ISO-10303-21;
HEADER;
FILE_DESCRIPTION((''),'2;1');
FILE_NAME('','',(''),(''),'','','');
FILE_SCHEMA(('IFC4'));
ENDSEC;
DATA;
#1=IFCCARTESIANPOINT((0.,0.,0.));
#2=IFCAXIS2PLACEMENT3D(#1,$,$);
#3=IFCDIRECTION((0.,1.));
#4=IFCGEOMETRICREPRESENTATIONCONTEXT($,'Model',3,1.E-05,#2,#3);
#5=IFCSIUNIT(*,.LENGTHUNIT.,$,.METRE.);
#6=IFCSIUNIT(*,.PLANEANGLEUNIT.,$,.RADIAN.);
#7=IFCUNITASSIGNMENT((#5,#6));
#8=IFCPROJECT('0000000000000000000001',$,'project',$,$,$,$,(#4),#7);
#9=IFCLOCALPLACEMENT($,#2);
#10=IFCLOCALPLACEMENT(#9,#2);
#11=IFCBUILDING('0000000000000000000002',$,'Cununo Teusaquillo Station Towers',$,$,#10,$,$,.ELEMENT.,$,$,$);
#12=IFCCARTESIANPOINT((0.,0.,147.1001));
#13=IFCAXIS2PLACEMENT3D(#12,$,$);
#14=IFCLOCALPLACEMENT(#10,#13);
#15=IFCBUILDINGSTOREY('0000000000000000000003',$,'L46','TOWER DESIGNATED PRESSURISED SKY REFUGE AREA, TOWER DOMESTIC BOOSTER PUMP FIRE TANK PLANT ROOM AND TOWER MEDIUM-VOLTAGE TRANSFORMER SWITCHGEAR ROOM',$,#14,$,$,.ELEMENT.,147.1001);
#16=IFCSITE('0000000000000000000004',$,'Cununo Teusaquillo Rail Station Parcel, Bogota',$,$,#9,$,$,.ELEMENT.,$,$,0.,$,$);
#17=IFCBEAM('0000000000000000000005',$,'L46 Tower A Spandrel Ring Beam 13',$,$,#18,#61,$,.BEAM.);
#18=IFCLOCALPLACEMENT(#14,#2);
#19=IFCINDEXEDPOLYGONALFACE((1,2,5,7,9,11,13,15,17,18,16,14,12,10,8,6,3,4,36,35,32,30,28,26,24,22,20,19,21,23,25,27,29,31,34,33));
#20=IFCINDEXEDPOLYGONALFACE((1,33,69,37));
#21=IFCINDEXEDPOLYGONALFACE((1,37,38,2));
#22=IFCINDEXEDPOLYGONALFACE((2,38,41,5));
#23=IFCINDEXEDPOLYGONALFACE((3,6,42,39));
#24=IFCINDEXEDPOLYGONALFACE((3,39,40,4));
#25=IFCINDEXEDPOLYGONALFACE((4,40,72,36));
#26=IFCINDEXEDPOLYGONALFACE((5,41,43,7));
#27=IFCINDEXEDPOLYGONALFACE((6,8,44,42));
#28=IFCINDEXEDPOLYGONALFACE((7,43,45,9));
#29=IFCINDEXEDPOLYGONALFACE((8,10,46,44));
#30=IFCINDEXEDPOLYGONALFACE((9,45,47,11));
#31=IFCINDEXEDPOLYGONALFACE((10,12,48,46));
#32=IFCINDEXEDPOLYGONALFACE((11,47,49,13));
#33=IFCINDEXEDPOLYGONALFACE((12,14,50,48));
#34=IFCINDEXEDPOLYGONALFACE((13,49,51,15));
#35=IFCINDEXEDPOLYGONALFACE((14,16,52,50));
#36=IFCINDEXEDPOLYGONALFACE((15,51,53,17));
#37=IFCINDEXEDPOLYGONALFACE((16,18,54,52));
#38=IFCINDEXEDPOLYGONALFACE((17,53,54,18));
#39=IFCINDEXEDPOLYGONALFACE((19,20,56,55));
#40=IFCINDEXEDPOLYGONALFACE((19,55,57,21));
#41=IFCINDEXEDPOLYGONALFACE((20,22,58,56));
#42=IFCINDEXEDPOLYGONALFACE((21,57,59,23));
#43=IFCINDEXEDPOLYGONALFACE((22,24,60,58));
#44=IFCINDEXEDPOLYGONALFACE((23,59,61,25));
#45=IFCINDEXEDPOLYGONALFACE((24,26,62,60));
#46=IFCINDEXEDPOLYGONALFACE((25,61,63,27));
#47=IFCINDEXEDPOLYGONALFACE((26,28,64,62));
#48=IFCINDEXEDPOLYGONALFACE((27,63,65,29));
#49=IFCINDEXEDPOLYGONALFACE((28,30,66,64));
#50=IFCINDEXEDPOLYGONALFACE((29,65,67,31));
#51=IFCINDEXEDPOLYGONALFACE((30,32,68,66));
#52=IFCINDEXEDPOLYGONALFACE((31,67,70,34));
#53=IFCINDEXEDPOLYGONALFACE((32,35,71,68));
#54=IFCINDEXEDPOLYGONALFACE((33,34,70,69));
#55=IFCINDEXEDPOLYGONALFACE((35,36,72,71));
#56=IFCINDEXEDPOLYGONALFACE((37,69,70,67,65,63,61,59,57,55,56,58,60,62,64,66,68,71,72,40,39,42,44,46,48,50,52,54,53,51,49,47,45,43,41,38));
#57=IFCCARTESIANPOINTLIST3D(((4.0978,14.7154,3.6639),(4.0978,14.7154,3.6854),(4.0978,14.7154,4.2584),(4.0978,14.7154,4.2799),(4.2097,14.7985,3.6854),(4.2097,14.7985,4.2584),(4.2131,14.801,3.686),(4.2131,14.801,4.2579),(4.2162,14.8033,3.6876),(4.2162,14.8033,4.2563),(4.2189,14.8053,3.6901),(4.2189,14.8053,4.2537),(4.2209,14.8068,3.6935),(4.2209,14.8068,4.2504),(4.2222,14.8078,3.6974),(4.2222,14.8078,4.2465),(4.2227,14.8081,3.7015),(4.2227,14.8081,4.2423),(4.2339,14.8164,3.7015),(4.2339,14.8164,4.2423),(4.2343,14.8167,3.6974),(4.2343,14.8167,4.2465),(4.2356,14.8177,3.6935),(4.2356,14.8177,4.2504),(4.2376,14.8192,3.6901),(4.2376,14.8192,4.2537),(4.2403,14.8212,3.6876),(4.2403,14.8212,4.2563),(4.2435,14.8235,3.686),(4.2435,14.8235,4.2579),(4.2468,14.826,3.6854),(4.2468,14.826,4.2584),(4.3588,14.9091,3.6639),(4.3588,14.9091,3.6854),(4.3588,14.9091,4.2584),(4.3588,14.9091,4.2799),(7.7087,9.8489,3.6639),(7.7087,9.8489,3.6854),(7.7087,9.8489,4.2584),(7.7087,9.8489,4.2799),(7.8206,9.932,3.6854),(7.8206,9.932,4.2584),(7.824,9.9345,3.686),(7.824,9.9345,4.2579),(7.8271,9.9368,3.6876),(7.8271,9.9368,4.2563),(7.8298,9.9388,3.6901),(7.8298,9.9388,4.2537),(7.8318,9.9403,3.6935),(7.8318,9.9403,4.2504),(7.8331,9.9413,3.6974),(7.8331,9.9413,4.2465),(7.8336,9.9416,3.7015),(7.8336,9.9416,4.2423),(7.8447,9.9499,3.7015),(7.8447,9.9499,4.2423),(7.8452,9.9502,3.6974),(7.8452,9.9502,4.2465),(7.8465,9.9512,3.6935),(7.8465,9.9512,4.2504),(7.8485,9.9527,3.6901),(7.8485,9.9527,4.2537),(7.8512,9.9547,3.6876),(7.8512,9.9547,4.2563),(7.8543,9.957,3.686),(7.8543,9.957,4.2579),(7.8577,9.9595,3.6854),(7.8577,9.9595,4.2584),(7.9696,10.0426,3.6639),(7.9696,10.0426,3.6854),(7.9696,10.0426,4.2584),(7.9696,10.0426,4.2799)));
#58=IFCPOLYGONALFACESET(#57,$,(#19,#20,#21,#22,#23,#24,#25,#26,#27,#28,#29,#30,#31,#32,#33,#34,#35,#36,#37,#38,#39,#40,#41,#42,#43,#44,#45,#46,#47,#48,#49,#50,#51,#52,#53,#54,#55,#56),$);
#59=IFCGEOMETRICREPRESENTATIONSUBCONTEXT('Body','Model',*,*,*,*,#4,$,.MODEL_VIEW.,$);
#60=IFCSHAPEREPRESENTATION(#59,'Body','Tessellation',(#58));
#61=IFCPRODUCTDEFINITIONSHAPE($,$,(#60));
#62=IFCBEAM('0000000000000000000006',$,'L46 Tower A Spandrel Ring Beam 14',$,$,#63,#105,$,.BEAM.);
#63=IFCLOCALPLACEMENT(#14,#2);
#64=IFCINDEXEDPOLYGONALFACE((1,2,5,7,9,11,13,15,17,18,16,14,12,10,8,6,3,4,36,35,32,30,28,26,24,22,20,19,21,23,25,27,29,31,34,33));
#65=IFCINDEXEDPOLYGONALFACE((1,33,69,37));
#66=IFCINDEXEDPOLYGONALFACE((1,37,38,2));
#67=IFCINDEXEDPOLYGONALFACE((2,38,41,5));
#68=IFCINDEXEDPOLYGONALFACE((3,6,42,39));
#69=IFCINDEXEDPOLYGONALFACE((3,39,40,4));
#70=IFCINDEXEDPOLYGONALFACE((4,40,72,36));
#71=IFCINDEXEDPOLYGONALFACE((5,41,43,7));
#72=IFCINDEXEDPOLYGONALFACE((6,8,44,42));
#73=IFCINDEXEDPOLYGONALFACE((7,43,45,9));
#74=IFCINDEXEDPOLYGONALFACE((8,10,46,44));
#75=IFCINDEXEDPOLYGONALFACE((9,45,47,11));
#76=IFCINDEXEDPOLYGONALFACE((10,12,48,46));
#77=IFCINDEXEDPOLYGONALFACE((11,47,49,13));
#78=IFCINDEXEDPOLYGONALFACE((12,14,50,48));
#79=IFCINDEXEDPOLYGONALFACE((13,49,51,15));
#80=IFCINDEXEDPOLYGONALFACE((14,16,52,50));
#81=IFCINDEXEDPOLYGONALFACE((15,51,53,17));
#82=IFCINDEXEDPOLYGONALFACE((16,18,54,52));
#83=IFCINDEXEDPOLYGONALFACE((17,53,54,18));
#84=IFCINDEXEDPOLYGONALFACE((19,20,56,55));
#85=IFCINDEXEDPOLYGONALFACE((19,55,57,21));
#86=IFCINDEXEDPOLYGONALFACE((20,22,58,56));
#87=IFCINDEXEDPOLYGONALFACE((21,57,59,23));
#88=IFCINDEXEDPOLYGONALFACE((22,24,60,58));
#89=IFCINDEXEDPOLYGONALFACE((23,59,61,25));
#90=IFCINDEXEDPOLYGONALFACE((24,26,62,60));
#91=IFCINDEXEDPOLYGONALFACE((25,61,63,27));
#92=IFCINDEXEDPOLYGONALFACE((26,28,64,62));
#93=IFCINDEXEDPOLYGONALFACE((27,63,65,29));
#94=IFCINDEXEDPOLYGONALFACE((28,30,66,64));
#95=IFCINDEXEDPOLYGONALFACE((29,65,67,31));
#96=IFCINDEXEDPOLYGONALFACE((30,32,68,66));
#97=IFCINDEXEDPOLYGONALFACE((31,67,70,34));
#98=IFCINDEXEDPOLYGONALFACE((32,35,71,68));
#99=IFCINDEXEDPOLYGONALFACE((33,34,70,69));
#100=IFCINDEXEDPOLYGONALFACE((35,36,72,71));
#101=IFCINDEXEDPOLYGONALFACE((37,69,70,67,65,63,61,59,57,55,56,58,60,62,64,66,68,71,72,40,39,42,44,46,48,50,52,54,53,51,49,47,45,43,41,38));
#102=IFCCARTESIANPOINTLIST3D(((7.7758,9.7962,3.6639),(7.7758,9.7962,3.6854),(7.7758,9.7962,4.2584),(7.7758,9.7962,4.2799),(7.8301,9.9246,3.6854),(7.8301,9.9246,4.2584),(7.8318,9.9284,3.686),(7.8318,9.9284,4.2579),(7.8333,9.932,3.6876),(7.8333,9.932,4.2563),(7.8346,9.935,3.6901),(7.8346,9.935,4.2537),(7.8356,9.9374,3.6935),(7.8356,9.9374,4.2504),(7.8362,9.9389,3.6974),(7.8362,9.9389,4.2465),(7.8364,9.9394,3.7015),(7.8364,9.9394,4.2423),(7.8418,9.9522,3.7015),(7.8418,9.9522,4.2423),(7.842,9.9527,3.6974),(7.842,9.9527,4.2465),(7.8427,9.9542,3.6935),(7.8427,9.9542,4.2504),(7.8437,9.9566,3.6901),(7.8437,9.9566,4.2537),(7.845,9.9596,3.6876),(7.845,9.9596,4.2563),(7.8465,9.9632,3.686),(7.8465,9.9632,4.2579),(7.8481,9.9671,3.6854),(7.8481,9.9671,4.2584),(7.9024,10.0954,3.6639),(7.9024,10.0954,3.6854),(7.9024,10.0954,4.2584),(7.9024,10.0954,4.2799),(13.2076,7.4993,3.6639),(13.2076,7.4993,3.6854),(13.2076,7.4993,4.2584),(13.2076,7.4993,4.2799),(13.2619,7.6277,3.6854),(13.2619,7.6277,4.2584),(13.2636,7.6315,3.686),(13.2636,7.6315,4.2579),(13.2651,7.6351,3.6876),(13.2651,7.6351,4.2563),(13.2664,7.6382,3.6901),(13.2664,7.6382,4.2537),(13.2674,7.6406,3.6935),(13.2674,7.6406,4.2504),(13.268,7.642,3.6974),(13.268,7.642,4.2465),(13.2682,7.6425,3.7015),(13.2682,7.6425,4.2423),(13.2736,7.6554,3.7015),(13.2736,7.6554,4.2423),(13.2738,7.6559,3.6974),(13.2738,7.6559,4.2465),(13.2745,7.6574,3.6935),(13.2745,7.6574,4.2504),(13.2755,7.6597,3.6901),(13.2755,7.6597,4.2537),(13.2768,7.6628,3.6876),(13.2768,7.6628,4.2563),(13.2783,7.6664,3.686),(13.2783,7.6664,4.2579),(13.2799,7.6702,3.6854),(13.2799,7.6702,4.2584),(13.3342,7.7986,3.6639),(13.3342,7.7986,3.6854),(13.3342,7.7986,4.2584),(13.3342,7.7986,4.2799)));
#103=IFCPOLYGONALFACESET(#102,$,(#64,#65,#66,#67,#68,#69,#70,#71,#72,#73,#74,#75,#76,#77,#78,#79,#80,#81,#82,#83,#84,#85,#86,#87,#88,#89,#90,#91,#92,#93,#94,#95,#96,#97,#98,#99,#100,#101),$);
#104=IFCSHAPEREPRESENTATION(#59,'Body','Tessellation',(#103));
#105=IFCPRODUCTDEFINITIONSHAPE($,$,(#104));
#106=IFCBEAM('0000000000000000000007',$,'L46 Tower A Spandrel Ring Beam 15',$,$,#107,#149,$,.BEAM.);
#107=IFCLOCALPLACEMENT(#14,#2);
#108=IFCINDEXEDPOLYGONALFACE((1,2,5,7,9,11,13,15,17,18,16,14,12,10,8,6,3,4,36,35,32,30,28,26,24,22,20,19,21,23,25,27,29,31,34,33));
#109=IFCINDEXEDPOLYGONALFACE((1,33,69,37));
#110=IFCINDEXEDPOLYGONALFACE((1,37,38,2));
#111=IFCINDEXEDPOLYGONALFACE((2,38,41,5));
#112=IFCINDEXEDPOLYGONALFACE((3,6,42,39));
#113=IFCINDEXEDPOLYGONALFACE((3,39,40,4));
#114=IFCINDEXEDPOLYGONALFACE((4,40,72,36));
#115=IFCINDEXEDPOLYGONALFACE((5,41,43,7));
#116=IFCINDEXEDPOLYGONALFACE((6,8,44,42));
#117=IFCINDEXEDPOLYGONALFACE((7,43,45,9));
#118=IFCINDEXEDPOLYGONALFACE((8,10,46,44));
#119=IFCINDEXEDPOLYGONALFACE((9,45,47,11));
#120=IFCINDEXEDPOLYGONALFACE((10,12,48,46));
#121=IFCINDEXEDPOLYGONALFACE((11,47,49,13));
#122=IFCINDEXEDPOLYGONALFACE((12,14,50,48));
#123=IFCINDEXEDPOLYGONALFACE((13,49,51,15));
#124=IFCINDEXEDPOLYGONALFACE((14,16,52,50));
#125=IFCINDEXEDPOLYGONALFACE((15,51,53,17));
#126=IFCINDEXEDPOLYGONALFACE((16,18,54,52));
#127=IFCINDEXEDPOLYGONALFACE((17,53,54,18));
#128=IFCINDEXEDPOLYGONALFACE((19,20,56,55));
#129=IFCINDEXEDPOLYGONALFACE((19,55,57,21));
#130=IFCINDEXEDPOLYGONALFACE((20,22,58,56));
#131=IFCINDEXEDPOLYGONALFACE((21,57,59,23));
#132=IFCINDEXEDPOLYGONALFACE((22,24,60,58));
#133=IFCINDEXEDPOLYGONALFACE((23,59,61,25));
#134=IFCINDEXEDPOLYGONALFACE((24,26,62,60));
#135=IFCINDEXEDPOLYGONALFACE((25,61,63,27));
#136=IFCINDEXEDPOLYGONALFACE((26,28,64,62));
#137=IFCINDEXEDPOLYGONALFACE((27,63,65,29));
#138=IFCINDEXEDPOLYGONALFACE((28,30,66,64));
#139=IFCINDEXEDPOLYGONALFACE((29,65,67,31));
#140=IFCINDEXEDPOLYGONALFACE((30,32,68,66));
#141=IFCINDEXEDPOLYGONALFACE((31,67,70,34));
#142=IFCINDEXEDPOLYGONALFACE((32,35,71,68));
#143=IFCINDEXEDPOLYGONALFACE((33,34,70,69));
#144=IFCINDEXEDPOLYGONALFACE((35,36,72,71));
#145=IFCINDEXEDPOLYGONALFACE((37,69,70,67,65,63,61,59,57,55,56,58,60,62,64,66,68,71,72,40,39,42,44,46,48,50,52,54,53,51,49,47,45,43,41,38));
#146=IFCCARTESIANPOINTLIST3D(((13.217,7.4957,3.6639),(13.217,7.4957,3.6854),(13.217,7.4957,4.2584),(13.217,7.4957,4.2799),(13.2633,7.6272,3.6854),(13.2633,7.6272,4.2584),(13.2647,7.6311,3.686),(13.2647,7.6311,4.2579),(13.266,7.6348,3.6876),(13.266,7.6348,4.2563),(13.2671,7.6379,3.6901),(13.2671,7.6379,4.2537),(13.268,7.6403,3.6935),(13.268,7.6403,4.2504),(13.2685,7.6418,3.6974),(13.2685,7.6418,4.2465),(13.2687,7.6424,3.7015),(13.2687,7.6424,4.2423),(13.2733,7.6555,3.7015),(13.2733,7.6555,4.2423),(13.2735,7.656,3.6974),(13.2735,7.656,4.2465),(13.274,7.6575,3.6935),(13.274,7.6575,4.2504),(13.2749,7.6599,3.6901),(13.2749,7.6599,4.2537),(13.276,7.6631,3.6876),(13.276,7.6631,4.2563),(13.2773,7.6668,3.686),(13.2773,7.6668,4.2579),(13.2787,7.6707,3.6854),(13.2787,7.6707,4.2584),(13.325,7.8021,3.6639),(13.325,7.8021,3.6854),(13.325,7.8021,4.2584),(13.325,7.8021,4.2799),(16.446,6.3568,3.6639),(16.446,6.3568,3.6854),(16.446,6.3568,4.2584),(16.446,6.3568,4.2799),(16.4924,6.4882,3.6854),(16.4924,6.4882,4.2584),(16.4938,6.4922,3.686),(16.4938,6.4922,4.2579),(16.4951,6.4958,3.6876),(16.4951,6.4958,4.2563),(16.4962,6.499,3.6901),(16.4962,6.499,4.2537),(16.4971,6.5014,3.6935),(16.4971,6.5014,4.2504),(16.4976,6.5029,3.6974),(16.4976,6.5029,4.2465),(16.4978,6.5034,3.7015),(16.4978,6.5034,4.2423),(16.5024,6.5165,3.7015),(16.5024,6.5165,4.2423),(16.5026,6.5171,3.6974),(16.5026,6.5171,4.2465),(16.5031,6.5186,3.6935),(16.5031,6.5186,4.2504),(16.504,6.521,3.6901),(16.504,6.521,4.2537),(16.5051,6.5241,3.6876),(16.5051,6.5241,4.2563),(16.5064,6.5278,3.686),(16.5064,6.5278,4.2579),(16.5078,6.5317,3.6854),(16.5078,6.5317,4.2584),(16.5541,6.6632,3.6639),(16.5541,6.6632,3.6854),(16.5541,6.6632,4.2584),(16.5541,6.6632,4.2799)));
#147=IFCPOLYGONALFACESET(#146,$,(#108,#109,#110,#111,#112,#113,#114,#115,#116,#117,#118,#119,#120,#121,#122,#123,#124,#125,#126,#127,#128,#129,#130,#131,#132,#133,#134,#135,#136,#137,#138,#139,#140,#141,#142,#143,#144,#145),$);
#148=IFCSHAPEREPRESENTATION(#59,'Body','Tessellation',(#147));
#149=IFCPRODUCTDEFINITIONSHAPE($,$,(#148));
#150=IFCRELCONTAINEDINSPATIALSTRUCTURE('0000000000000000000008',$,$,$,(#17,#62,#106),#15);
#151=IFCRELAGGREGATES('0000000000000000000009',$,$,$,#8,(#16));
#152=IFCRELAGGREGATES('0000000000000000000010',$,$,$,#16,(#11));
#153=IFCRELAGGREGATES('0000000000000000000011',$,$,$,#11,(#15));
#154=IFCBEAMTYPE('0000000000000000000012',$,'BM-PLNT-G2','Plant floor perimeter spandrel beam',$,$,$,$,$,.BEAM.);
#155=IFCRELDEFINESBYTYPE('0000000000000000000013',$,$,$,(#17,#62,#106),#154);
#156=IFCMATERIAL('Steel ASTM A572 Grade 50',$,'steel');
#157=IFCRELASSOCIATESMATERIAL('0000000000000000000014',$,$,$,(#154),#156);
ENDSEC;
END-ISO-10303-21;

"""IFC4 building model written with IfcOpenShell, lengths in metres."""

from ifc_helpers import new_model, si_unit, direction, frame, origin, origin_2d, place, context, subcontext, project, spatial, i_section, extrude, material, material_profile, profile_set, type_object, element, save


model = new_model("IFC4")

# Units and contexts
model_context = context("Model", 3, precision=1e-05, world=origin(), true_north=direction((0.0, 1.0)))
body_context = subcontext(model_context, "Body", "Model", "MODEL_VIEW")
ifc_project = project(units=[si_unit("LENGTHUNIT", "METRE"), si_unit("PLANEANGLEUNIT", "RADIAN")], contexts=[model_context])

# Site, building, storey
site_placement = place(None, origin())
site = spatial("IfcSite", under=ifc_project, at=site_placement, Name="Cununo Teusaquillo Rail Station Parcel, Bogota", CompositionType="ELEMENT", RefElevation=0.0)
building_placement = place(site_placement, origin())
building = spatial("IfcBuilding", under=site, at=building_placement, Name="Cununo Teusaquillo Station Towers", CompositionType="ELEMENT")
storey_placement = place(building_placement, frame((0.0, 0.0, 147.1001)))
storey = spatial("IfcBuildingStorey", under=building, at=storey_placement, Name="L46", Description="TOWER DESIGNATED PRESSURISED SKY REFUGE AREA, TOWER DOMESTIC BOOSTER PUMP FIRE TANK PLANT ROOM AND TOWER MEDIUM-VOLTAGE TRANSFORMER SWITCHGEAR ROOM", CompositionType="ELEMENT", Elevation=147.1001)

# Beams
ifc_material_1 = material(Name="Steel ASTM A572 Grade 50", Category="steel")
ifc_material_profile_1 = material_profile(ifc_material_1, i_section(OverallWidth=0.325, OverallDepth=0.616, WebThickness=0.0139, FlangeThickness=0.0215, FilletRadius=0.0161, at=origin_2d()), Name="W24X117")
ifc_profile_set_1 = profile_set([ifc_material_profile_1], Name="Steel ASTM A572 Grade 50")
beam_type = type_object("IfcBeamType", Name="BM-PLNT-G2", Description="Plant floor perimeter spandrel beam", PredefinedType="BEAM", material=ifc_profile_set_1)
beam_1_placement = place(storey_placement, frame((4.2283, 14.8123, 3.9719), z_axis=(0.595873, -0.803079, 0.0), x_axis=(0.803079, 0.595873, 0.0)))
element("IfcBeam", 1, at=beam_1_placement, inside=storey, type_object=beam_type, Name="L46 Tower A Spandrel Ring Beam 13", PredefinedType="BEAM", context=body_context, shape_type="SweptSolid", body=[
    extrude(i_section(OverallWidth=0.325, OverallDepth=0.616, WebThickness=0.0139, FlangeThickness=0.0215, FilletRadius=0.0161, at=origin_2d()), origin(), (0.0, 0.0, 1.0), 6.0598),
])
beam_2_placement = place(storey_placement, frame((7.8391, 9.9458, 3.9719), z_axis=(0.921042, -0.389463, 0.0), x_axis=(0.389463, 0.921042, 0.0)))
element("IfcBeam", 2, at=beam_2_placement, inside=storey, type_object=beam_type, Name="L46 Tower A Spandrel Ring Beam 14", PredefinedType="BEAM", context=body_context, shape_type="SweptSolid", body=[
    extrude(i_section(OverallWidth=0.325, OverallDepth=0.616, WebThickness=0.0139, FlangeThickness=0.0215, FilletRadius=0.0161, at=origin_2d()), origin(), (0.0, 0.0, 1.0), 5.8975),
])
beam_3_placement = place(storey_placement, frame((13.271, 7.6489, 3.9719), z_axis=(0.943057, -0.33263, 0.0), x_axis=(0.33263, 0.943057, 0.0)))
element("IfcBeam", 3, at=beam_3_placement, inside=storey, type_object=beam_type, Name="L46 Tower A Spandrel Ring Beam 15", PredefinedType="BEAM", context=body_context, shape_type="SweptSolid", body=[
    extrude(i_section(OverallWidth=0.325, OverallDepth=0.616, WebThickness=0.0139, FlangeThickness=0.0215, FilletRadius=0.0161, at=origin_2d()), origin(), (0.0, 0.0, 1.0), 3.4241),
])

save(model, "model.ifc")
